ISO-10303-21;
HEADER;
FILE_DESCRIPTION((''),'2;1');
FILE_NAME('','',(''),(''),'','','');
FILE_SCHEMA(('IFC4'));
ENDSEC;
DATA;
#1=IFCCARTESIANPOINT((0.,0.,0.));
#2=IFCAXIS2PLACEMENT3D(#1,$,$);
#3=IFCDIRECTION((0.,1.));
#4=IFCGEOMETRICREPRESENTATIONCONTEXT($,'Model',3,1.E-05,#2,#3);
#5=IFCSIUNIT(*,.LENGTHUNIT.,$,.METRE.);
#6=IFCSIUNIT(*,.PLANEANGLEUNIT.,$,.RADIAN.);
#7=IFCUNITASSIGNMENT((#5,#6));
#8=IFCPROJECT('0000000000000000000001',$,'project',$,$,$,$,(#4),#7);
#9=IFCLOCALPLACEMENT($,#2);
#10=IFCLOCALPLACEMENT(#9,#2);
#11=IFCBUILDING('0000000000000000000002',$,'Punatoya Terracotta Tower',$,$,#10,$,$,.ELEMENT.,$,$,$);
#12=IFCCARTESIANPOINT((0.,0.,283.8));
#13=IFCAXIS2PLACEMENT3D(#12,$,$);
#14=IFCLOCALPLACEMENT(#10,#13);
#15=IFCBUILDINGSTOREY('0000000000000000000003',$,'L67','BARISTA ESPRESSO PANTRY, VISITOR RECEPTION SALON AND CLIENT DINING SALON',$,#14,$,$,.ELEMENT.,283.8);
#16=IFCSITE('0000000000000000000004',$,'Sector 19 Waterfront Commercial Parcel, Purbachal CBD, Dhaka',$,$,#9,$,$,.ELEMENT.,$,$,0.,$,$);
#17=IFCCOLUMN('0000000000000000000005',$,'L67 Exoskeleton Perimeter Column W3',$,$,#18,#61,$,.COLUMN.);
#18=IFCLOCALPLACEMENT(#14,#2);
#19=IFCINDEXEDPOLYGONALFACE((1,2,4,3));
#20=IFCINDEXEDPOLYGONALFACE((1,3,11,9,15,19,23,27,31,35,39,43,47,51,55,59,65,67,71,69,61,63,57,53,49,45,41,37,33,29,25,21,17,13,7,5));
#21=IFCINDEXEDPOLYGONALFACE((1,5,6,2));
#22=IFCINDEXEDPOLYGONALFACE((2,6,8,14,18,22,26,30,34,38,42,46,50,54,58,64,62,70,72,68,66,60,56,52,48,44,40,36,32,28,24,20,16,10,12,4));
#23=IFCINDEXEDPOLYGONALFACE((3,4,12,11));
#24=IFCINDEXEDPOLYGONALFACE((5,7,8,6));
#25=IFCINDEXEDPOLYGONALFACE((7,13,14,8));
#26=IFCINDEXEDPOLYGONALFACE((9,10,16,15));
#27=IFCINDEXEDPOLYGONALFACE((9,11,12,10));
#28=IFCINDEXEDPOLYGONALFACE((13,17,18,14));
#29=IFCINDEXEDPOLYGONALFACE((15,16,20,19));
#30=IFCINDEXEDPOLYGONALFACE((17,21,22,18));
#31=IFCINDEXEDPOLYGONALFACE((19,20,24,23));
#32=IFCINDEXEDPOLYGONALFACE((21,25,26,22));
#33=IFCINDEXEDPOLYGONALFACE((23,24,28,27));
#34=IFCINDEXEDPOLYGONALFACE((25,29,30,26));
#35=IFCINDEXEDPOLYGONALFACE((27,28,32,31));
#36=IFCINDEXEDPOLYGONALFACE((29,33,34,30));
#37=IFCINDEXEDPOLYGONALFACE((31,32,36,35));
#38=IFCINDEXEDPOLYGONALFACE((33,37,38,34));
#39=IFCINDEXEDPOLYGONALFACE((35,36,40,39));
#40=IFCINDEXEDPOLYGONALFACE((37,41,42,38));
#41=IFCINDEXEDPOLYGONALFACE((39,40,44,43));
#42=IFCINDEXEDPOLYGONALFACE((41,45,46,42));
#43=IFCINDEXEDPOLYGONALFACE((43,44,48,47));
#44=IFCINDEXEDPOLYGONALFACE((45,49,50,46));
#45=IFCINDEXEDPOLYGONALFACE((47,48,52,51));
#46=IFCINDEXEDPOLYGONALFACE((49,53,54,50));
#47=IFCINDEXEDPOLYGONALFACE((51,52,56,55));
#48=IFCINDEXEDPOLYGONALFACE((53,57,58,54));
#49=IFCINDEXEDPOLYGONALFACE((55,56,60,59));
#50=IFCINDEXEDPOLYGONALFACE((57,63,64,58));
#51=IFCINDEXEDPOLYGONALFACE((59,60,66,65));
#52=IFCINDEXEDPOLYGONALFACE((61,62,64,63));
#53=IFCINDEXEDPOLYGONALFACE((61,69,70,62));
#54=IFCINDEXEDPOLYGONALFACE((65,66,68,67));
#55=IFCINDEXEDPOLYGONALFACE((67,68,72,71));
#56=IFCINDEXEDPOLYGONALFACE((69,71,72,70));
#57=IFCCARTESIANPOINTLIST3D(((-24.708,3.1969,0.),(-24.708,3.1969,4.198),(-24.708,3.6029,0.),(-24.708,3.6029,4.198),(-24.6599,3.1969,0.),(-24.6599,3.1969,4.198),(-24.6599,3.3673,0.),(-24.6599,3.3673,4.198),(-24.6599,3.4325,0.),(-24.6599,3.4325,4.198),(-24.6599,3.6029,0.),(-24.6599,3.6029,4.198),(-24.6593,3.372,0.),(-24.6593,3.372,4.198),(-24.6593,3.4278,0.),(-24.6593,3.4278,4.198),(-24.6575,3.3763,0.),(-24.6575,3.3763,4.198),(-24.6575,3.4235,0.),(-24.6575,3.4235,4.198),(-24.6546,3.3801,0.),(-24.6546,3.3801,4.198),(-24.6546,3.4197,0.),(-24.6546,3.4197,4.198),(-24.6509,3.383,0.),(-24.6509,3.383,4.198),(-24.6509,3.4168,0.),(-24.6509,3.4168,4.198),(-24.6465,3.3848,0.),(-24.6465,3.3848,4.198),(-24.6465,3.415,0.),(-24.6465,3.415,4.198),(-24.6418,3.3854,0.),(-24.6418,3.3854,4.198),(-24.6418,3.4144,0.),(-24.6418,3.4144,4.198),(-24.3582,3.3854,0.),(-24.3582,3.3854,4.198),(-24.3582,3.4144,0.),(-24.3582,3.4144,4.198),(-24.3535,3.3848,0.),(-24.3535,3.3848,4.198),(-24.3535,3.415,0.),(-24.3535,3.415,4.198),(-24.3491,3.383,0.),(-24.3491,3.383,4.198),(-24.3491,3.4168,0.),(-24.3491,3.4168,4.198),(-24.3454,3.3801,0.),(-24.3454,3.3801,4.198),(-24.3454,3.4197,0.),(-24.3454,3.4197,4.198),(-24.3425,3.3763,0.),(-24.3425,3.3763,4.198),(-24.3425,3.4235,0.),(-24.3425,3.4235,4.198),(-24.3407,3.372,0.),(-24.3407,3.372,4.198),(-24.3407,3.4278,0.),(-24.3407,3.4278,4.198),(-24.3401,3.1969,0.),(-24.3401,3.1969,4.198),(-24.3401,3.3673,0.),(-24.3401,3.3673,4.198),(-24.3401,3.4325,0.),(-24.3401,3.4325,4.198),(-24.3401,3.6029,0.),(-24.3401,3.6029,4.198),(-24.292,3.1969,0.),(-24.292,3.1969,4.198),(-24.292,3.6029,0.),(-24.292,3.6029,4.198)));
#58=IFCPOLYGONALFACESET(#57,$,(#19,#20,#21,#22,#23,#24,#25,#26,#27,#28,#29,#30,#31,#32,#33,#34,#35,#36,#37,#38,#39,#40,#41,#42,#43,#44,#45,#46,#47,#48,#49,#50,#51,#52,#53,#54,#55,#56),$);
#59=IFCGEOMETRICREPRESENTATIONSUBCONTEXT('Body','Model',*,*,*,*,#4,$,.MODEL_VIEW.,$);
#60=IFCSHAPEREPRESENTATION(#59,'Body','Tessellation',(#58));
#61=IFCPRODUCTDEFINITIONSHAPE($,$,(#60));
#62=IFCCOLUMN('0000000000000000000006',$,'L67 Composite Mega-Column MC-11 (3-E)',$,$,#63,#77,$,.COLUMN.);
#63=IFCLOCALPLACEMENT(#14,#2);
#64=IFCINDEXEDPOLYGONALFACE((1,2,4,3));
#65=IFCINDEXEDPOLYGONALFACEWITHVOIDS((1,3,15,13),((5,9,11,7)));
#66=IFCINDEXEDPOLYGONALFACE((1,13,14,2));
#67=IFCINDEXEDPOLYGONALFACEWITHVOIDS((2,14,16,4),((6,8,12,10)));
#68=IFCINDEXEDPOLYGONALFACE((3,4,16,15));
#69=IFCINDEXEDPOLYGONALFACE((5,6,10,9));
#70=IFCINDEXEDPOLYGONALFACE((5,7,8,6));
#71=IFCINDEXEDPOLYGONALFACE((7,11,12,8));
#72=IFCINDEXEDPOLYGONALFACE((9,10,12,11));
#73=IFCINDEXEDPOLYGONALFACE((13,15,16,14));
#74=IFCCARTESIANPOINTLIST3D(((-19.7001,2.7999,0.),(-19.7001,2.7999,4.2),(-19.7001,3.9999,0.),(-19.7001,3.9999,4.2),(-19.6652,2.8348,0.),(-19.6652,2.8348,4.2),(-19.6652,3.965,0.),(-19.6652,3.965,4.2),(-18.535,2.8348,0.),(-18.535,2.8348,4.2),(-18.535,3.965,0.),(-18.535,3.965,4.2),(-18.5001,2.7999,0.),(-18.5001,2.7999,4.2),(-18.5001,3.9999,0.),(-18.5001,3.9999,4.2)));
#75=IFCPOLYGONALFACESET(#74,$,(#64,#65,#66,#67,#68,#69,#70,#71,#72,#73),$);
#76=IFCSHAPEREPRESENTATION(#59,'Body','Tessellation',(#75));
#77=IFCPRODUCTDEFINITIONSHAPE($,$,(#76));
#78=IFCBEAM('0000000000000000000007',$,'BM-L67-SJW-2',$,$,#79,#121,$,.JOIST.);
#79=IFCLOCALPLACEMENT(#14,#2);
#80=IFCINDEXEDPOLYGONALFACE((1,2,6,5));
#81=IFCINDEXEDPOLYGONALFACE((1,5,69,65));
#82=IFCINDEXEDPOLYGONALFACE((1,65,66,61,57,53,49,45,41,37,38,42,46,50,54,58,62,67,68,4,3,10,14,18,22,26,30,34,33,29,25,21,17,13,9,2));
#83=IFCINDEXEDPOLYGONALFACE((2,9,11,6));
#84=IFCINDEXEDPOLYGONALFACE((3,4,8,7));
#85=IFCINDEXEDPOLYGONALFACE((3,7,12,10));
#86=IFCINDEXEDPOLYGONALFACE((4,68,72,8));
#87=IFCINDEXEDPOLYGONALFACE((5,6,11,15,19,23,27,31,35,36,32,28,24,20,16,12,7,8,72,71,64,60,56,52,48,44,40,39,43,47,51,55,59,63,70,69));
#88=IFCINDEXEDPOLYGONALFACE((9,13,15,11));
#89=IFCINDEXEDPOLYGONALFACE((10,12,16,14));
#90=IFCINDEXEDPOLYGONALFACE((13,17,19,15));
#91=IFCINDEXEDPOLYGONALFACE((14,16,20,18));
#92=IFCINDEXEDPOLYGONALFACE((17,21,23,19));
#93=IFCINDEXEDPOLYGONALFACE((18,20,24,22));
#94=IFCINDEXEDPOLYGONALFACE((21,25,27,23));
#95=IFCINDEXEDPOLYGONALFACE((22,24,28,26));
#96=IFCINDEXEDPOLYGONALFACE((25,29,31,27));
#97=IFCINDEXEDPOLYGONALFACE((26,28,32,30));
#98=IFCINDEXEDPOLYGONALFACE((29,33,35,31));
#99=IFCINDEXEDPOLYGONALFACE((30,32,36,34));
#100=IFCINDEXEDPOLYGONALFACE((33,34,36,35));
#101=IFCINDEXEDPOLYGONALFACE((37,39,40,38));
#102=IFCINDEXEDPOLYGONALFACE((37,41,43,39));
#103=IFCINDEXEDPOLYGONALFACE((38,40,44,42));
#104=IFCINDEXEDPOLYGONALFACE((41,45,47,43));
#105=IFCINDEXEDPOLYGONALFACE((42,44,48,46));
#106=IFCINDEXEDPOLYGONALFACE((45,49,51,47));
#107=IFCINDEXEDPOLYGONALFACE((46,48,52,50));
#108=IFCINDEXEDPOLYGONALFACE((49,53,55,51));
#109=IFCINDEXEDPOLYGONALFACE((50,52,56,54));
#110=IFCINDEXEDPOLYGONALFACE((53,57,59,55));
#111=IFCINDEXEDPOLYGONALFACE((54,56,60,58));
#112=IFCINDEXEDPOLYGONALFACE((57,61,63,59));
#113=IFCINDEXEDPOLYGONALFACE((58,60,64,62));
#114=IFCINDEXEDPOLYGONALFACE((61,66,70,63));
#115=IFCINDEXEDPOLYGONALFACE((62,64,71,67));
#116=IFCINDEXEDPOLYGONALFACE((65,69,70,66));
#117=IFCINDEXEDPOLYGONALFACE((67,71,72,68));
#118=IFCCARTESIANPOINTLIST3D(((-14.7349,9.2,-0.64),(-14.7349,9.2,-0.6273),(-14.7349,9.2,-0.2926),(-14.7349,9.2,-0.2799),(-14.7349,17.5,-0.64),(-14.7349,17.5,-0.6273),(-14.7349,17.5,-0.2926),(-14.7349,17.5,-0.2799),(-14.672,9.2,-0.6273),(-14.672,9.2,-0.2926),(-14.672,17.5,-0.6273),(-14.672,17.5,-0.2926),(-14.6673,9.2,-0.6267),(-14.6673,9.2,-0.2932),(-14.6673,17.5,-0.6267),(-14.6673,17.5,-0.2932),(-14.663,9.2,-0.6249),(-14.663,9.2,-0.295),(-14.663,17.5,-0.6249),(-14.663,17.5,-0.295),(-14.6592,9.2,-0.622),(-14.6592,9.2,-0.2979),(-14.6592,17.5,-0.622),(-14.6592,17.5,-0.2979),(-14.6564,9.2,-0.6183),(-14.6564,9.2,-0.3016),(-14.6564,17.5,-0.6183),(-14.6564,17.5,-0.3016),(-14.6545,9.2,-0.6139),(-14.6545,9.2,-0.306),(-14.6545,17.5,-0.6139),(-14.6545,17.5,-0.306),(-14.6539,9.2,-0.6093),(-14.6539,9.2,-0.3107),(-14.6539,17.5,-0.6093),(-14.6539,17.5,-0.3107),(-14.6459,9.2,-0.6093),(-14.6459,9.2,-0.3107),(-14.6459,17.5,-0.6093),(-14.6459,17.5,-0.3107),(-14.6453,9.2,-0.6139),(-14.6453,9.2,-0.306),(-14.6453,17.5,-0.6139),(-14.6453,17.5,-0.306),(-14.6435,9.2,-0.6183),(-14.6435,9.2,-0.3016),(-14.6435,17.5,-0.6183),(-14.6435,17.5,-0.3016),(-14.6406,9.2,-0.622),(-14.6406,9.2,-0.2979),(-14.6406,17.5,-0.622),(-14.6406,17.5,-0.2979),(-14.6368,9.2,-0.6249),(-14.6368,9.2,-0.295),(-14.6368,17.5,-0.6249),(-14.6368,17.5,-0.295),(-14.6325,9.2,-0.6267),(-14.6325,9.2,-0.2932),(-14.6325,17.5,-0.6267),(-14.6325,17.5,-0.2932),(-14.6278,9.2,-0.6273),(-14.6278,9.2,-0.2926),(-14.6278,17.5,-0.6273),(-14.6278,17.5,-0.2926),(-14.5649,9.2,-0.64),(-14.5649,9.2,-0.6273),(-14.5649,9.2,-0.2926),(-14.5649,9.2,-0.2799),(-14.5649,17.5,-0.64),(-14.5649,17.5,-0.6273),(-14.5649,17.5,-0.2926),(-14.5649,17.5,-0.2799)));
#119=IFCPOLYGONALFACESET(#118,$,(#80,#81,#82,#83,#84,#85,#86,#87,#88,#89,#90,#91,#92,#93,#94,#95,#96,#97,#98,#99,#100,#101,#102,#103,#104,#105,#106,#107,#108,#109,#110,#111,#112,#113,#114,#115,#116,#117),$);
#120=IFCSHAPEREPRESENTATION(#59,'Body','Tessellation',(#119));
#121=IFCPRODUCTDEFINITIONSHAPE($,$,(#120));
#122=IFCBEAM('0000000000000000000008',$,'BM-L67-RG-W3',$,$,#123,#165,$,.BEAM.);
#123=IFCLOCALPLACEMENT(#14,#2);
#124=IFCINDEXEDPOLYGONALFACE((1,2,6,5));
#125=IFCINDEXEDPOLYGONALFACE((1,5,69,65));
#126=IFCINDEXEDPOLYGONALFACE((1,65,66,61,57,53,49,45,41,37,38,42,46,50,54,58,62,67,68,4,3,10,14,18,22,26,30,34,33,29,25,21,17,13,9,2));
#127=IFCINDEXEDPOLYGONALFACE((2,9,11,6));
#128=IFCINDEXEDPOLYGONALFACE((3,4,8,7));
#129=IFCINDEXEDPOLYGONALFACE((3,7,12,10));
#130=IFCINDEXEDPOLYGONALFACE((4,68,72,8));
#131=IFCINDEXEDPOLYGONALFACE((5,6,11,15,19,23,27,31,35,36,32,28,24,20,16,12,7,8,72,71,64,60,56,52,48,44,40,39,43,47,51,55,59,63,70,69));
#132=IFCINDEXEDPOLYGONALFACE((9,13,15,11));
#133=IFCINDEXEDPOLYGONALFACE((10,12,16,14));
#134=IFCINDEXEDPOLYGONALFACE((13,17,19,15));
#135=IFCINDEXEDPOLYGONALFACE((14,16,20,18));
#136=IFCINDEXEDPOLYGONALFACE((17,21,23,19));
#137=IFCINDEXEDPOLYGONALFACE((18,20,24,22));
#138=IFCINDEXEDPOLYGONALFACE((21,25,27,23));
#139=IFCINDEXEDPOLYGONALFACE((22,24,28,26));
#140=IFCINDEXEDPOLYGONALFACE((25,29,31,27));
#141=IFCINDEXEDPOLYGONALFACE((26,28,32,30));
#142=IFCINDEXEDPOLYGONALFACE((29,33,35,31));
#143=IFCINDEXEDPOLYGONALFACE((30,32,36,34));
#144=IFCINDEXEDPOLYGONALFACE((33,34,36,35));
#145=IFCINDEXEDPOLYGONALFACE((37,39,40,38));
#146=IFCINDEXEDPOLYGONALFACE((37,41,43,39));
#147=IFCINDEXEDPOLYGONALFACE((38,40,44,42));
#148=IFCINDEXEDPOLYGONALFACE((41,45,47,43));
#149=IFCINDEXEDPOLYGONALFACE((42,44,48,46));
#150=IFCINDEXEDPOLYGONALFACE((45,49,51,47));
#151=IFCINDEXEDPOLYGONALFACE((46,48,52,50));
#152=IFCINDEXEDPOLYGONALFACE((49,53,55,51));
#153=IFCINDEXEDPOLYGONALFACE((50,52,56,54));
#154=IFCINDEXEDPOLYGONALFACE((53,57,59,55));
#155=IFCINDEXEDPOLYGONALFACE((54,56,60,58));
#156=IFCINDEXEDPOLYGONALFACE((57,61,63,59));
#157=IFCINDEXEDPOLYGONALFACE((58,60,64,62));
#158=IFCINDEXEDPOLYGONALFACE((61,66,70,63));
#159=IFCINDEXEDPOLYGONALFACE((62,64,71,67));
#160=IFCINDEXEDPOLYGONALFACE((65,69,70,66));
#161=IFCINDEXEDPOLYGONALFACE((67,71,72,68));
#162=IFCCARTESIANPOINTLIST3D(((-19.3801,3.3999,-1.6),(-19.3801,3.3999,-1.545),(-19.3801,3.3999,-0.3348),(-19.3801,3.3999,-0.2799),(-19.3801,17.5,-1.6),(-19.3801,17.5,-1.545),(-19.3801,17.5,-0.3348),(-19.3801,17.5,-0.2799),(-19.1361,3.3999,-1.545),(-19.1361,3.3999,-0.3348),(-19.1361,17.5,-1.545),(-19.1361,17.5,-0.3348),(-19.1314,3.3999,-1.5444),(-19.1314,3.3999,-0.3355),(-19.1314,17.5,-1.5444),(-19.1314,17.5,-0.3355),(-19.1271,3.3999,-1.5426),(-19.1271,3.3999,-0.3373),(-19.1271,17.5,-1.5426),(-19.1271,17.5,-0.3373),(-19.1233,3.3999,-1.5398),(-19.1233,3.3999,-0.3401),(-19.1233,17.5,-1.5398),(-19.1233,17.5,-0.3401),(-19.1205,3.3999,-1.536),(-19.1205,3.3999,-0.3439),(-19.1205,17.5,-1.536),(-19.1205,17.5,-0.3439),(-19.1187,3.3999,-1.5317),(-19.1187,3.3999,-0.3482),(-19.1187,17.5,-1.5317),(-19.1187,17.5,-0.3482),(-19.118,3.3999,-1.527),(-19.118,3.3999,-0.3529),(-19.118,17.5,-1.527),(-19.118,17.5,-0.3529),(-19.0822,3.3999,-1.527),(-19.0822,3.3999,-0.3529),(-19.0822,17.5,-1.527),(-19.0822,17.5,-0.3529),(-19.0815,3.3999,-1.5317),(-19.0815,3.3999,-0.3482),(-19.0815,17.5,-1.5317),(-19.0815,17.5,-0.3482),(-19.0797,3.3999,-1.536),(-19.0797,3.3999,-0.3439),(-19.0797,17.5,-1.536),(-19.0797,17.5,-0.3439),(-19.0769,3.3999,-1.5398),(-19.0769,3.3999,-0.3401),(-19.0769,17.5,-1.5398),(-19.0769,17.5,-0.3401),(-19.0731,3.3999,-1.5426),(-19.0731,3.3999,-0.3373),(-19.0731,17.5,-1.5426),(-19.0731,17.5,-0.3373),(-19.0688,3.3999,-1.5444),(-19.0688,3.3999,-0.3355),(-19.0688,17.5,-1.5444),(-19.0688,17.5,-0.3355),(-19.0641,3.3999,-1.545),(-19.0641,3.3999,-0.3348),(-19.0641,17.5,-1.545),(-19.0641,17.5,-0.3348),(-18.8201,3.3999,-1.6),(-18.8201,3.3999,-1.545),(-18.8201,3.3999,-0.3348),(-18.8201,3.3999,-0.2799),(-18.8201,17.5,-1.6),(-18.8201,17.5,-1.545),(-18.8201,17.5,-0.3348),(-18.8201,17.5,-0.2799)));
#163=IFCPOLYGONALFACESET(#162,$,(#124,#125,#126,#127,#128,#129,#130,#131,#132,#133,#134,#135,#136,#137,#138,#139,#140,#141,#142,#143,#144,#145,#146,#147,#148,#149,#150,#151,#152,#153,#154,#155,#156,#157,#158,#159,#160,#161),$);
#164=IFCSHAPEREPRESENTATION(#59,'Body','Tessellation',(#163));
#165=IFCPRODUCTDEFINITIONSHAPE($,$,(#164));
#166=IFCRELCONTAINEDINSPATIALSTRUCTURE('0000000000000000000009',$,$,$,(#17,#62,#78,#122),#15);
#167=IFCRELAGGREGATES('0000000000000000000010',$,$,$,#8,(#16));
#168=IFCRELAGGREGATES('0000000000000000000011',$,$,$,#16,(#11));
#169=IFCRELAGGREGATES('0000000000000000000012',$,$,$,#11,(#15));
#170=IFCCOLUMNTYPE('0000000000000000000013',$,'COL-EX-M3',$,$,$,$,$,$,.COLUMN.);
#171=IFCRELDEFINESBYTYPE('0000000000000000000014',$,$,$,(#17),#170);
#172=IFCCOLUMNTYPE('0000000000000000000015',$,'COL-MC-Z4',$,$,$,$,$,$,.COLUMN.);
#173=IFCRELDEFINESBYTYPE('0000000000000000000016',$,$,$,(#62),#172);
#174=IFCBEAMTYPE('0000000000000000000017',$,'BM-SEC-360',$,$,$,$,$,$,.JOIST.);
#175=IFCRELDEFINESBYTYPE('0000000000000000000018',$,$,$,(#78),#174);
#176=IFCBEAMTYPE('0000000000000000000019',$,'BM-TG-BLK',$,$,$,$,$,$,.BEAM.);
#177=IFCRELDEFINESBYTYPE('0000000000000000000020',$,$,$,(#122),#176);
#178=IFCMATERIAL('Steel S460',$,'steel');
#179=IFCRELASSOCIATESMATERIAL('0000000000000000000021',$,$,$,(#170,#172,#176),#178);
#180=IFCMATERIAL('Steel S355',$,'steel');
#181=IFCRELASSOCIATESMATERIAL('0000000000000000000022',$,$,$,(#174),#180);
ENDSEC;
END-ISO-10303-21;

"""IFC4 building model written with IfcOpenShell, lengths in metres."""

from ifc_helpers import new_model, si_unit, direction, frame, origin, origin_2d, place, context, subcontext, project, spatial, hollow_rectangle, i_section, extrude, material, material_profile, profile_set, type_object, element, save


model = new_model("IFC4")

# Units and contexts
model_context = context("Model", 3, precision=1e-05, world=origin(), true_north=direction((0.0, 1.0)))
body_context = subcontext(model_context, "Body", "Model", "MODEL_VIEW")
ifc_project = project(units=[si_unit("LENGTHUNIT", "METRE"), si_unit("PLANEANGLEUNIT", "RADIAN")], contexts=[model_context])

# Site, building, storey
site_placement = place(None, origin())
site = spatial("IfcSite", under=ifc_project, at=site_placement, Name="Sector 19 Waterfront Commercial Parcel, Purbachal CBD, Dhaka", CompositionType="ELEMENT", RefElevation=0.0)
building_placement = place(site_placement, origin())
building = spatial("IfcBuilding", under=site, at=building_placement, Name="Punatoya Terracotta Tower", CompositionType="ELEMENT")
storey_placement = place(building_placement, frame((0.0, 0.0, 283.8)))
storey = spatial("IfcBuildingStorey", under=building, at=storey_placement, Name="L67", Description="BARISTA ESPRESSO PANTRY, VISITOR RECEPTION SALON AND CLIENT DINING SALON", CompositionType="ELEMENT", Elevation=283.8)

# Columns
ifc_material_1 = material(Name="Steel S460", Category="steel")
ifc_material_profile_1 = material_profile(ifc_material_1, i_section(OverallWidth=0.406, OverallDepth=0.416, WebThickness=0.0291, FlangeThickness=0.0481, FilletRadius=0.0181, at=origin_2d()))
ifc_profile_set_1 = profile_set([ifc_material_profile_1], Name="Steel S460")
column_type_1 = type_object("IfcColumnType", Name="COL-EX-M3", PredefinedType="COLUMN", material=ifc_profile_set_1)
column_1_placement = place(storey_placement, frame((-24.5, 3.3999, 0.0), z_axis=(0.0, 0.0, 1.0), x_axis=(0.0, 1.0, 0.0)))
element("IfcColumn", 1, at=column_1_placement, inside=storey, type_object=column_type_1, Name="L67 Exoskeleton Perimeter Column W3", PredefinedType="COLUMN", context=body_context, shape_type="SweptSolid", body=[
    extrude(i_section(OverallWidth=0.406, OverallDepth=0.416, WebThickness=0.0291, FlangeThickness=0.0481, FilletRadius=0.0181, at=origin_2d()), origin(), (0.0, 0.0, 1.0), 4.198),
])
ifc_material_profile_2 = material_profile(ifc_material_1, hollow_rectangle(XDim=1.2, YDim=1.2, WallThickness=0.0349, at=origin_2d()))
ifc_profile_set_2 = profile_set([ifc_material_profile_2], Name="Steel S460")
column_type_2 = type_object("IfcColumnType", Name="COL-MC-Z4", PredefinedType="COLUMN", material=ifc_profile_set_2)
column_2_placement = place(storey_placement, frame((-19.1001, 3.3999, 0.0), z_axis=(0.0, 0.0, 1.0), x_axis=(1.0, 0.0, 0.0)))
element("IfcColumn", 2, at=column_2_placement, inside=storey, type_object=column_type_2, Name="L67 Composite Mega-Column MC-11 (3-E)", PredefinedType="COLUMN", context=body_context, shape_type="SweptSolid", body=[
    extrude(hollow_rectangle(XDim=1.2, YDim=1.2, WallThickness=0.0349, at=origin_2d()), origin(), (0.0, 0.0, 1.0), 4.2),
])

# Beams
ifc_material_2 = material(Name="Steel S355", Category="steel")
ifc_material_profile_3 = material_profile(ifc_material_2, i_section(OverallWidth=0.1699, OverallDepth=0.3601, WebThickness=0.0081, FlangeThickness=0.0127, FilletRadius=0.0181, at=origin_2d()))
ifc_profile_set_3 = profile_set([ifc_material_profile_3], Name="Steel S355")
beam_type_1 = type_object("IfcBeamType", Name="BM-SEC-360", PredefinedType="JOIST", material=ifc_profile_set_3)
beam_1_placement = place(storey_placement, frame((-14.6499, 9.2, -0.46), z_axis=(0.0, 1.0, 0.0), x_axis=(-1.0, 0.0, 0.0)))
element("IfcBeam", 3, at=beam_1_placement, inside=storey, type_object=beam_type_1, Name="BM-L67-SJW-2", PredefinedType="JOIST", context=body_context, shape_type="SweptSolid", body=[
    extrude(i_section(OverallWidth=0.1699, OverallDepth=0.3601, WebThickness=0.0081, FlangeThickness=0.0127, FilletRadius=0.0181, at=origin_2d()), origin(), (0.0, 0.0, 1.0), 8.3),
])
ifc_material_profile_4 = material_profile(ifc_material_1, i_section(OverallWidth=0.5601, OverallDepth=1.3201, WebThickness=0.0359, FlangeThickness=0.0549, FilletRadius=0.0181, at=origin_2d()))
ifc_profile_set_4 = profile_set([ifc_material_profile_4], Name="Steel S460")
beam_type_2 = type_object("IfcBeamType", Name="BM-TG-BLK", PredefinedType="BEAM", material=ifc_profile_set_4)
beam_2_placement = place(storey_placement, frame((-19.1001, 3.3999, -0.9399), z_axis=(0.0, 1.0, 0.0), x_axis=(-1.0, 0.0, 0.0)))
element("IfcBeam", 4, at=beam_2_placement, inside=storey, type_object=beam_type_2, Name="BM-L67-RG-W3", PredefinedType="BEAM", context=body_context, shape_type="SweptSolid", body=[
    extrude(i_section(OverallWidth=0.5601, OverallDepth=1.3201, WebThickness=0.0359, FlangeThickness=0.0549, FilletRadius=0.0181, at=origin_2d()), origin(), (0.0, 0.0, 1.0), 14.1001),
])

save(model, "model.ifc")
